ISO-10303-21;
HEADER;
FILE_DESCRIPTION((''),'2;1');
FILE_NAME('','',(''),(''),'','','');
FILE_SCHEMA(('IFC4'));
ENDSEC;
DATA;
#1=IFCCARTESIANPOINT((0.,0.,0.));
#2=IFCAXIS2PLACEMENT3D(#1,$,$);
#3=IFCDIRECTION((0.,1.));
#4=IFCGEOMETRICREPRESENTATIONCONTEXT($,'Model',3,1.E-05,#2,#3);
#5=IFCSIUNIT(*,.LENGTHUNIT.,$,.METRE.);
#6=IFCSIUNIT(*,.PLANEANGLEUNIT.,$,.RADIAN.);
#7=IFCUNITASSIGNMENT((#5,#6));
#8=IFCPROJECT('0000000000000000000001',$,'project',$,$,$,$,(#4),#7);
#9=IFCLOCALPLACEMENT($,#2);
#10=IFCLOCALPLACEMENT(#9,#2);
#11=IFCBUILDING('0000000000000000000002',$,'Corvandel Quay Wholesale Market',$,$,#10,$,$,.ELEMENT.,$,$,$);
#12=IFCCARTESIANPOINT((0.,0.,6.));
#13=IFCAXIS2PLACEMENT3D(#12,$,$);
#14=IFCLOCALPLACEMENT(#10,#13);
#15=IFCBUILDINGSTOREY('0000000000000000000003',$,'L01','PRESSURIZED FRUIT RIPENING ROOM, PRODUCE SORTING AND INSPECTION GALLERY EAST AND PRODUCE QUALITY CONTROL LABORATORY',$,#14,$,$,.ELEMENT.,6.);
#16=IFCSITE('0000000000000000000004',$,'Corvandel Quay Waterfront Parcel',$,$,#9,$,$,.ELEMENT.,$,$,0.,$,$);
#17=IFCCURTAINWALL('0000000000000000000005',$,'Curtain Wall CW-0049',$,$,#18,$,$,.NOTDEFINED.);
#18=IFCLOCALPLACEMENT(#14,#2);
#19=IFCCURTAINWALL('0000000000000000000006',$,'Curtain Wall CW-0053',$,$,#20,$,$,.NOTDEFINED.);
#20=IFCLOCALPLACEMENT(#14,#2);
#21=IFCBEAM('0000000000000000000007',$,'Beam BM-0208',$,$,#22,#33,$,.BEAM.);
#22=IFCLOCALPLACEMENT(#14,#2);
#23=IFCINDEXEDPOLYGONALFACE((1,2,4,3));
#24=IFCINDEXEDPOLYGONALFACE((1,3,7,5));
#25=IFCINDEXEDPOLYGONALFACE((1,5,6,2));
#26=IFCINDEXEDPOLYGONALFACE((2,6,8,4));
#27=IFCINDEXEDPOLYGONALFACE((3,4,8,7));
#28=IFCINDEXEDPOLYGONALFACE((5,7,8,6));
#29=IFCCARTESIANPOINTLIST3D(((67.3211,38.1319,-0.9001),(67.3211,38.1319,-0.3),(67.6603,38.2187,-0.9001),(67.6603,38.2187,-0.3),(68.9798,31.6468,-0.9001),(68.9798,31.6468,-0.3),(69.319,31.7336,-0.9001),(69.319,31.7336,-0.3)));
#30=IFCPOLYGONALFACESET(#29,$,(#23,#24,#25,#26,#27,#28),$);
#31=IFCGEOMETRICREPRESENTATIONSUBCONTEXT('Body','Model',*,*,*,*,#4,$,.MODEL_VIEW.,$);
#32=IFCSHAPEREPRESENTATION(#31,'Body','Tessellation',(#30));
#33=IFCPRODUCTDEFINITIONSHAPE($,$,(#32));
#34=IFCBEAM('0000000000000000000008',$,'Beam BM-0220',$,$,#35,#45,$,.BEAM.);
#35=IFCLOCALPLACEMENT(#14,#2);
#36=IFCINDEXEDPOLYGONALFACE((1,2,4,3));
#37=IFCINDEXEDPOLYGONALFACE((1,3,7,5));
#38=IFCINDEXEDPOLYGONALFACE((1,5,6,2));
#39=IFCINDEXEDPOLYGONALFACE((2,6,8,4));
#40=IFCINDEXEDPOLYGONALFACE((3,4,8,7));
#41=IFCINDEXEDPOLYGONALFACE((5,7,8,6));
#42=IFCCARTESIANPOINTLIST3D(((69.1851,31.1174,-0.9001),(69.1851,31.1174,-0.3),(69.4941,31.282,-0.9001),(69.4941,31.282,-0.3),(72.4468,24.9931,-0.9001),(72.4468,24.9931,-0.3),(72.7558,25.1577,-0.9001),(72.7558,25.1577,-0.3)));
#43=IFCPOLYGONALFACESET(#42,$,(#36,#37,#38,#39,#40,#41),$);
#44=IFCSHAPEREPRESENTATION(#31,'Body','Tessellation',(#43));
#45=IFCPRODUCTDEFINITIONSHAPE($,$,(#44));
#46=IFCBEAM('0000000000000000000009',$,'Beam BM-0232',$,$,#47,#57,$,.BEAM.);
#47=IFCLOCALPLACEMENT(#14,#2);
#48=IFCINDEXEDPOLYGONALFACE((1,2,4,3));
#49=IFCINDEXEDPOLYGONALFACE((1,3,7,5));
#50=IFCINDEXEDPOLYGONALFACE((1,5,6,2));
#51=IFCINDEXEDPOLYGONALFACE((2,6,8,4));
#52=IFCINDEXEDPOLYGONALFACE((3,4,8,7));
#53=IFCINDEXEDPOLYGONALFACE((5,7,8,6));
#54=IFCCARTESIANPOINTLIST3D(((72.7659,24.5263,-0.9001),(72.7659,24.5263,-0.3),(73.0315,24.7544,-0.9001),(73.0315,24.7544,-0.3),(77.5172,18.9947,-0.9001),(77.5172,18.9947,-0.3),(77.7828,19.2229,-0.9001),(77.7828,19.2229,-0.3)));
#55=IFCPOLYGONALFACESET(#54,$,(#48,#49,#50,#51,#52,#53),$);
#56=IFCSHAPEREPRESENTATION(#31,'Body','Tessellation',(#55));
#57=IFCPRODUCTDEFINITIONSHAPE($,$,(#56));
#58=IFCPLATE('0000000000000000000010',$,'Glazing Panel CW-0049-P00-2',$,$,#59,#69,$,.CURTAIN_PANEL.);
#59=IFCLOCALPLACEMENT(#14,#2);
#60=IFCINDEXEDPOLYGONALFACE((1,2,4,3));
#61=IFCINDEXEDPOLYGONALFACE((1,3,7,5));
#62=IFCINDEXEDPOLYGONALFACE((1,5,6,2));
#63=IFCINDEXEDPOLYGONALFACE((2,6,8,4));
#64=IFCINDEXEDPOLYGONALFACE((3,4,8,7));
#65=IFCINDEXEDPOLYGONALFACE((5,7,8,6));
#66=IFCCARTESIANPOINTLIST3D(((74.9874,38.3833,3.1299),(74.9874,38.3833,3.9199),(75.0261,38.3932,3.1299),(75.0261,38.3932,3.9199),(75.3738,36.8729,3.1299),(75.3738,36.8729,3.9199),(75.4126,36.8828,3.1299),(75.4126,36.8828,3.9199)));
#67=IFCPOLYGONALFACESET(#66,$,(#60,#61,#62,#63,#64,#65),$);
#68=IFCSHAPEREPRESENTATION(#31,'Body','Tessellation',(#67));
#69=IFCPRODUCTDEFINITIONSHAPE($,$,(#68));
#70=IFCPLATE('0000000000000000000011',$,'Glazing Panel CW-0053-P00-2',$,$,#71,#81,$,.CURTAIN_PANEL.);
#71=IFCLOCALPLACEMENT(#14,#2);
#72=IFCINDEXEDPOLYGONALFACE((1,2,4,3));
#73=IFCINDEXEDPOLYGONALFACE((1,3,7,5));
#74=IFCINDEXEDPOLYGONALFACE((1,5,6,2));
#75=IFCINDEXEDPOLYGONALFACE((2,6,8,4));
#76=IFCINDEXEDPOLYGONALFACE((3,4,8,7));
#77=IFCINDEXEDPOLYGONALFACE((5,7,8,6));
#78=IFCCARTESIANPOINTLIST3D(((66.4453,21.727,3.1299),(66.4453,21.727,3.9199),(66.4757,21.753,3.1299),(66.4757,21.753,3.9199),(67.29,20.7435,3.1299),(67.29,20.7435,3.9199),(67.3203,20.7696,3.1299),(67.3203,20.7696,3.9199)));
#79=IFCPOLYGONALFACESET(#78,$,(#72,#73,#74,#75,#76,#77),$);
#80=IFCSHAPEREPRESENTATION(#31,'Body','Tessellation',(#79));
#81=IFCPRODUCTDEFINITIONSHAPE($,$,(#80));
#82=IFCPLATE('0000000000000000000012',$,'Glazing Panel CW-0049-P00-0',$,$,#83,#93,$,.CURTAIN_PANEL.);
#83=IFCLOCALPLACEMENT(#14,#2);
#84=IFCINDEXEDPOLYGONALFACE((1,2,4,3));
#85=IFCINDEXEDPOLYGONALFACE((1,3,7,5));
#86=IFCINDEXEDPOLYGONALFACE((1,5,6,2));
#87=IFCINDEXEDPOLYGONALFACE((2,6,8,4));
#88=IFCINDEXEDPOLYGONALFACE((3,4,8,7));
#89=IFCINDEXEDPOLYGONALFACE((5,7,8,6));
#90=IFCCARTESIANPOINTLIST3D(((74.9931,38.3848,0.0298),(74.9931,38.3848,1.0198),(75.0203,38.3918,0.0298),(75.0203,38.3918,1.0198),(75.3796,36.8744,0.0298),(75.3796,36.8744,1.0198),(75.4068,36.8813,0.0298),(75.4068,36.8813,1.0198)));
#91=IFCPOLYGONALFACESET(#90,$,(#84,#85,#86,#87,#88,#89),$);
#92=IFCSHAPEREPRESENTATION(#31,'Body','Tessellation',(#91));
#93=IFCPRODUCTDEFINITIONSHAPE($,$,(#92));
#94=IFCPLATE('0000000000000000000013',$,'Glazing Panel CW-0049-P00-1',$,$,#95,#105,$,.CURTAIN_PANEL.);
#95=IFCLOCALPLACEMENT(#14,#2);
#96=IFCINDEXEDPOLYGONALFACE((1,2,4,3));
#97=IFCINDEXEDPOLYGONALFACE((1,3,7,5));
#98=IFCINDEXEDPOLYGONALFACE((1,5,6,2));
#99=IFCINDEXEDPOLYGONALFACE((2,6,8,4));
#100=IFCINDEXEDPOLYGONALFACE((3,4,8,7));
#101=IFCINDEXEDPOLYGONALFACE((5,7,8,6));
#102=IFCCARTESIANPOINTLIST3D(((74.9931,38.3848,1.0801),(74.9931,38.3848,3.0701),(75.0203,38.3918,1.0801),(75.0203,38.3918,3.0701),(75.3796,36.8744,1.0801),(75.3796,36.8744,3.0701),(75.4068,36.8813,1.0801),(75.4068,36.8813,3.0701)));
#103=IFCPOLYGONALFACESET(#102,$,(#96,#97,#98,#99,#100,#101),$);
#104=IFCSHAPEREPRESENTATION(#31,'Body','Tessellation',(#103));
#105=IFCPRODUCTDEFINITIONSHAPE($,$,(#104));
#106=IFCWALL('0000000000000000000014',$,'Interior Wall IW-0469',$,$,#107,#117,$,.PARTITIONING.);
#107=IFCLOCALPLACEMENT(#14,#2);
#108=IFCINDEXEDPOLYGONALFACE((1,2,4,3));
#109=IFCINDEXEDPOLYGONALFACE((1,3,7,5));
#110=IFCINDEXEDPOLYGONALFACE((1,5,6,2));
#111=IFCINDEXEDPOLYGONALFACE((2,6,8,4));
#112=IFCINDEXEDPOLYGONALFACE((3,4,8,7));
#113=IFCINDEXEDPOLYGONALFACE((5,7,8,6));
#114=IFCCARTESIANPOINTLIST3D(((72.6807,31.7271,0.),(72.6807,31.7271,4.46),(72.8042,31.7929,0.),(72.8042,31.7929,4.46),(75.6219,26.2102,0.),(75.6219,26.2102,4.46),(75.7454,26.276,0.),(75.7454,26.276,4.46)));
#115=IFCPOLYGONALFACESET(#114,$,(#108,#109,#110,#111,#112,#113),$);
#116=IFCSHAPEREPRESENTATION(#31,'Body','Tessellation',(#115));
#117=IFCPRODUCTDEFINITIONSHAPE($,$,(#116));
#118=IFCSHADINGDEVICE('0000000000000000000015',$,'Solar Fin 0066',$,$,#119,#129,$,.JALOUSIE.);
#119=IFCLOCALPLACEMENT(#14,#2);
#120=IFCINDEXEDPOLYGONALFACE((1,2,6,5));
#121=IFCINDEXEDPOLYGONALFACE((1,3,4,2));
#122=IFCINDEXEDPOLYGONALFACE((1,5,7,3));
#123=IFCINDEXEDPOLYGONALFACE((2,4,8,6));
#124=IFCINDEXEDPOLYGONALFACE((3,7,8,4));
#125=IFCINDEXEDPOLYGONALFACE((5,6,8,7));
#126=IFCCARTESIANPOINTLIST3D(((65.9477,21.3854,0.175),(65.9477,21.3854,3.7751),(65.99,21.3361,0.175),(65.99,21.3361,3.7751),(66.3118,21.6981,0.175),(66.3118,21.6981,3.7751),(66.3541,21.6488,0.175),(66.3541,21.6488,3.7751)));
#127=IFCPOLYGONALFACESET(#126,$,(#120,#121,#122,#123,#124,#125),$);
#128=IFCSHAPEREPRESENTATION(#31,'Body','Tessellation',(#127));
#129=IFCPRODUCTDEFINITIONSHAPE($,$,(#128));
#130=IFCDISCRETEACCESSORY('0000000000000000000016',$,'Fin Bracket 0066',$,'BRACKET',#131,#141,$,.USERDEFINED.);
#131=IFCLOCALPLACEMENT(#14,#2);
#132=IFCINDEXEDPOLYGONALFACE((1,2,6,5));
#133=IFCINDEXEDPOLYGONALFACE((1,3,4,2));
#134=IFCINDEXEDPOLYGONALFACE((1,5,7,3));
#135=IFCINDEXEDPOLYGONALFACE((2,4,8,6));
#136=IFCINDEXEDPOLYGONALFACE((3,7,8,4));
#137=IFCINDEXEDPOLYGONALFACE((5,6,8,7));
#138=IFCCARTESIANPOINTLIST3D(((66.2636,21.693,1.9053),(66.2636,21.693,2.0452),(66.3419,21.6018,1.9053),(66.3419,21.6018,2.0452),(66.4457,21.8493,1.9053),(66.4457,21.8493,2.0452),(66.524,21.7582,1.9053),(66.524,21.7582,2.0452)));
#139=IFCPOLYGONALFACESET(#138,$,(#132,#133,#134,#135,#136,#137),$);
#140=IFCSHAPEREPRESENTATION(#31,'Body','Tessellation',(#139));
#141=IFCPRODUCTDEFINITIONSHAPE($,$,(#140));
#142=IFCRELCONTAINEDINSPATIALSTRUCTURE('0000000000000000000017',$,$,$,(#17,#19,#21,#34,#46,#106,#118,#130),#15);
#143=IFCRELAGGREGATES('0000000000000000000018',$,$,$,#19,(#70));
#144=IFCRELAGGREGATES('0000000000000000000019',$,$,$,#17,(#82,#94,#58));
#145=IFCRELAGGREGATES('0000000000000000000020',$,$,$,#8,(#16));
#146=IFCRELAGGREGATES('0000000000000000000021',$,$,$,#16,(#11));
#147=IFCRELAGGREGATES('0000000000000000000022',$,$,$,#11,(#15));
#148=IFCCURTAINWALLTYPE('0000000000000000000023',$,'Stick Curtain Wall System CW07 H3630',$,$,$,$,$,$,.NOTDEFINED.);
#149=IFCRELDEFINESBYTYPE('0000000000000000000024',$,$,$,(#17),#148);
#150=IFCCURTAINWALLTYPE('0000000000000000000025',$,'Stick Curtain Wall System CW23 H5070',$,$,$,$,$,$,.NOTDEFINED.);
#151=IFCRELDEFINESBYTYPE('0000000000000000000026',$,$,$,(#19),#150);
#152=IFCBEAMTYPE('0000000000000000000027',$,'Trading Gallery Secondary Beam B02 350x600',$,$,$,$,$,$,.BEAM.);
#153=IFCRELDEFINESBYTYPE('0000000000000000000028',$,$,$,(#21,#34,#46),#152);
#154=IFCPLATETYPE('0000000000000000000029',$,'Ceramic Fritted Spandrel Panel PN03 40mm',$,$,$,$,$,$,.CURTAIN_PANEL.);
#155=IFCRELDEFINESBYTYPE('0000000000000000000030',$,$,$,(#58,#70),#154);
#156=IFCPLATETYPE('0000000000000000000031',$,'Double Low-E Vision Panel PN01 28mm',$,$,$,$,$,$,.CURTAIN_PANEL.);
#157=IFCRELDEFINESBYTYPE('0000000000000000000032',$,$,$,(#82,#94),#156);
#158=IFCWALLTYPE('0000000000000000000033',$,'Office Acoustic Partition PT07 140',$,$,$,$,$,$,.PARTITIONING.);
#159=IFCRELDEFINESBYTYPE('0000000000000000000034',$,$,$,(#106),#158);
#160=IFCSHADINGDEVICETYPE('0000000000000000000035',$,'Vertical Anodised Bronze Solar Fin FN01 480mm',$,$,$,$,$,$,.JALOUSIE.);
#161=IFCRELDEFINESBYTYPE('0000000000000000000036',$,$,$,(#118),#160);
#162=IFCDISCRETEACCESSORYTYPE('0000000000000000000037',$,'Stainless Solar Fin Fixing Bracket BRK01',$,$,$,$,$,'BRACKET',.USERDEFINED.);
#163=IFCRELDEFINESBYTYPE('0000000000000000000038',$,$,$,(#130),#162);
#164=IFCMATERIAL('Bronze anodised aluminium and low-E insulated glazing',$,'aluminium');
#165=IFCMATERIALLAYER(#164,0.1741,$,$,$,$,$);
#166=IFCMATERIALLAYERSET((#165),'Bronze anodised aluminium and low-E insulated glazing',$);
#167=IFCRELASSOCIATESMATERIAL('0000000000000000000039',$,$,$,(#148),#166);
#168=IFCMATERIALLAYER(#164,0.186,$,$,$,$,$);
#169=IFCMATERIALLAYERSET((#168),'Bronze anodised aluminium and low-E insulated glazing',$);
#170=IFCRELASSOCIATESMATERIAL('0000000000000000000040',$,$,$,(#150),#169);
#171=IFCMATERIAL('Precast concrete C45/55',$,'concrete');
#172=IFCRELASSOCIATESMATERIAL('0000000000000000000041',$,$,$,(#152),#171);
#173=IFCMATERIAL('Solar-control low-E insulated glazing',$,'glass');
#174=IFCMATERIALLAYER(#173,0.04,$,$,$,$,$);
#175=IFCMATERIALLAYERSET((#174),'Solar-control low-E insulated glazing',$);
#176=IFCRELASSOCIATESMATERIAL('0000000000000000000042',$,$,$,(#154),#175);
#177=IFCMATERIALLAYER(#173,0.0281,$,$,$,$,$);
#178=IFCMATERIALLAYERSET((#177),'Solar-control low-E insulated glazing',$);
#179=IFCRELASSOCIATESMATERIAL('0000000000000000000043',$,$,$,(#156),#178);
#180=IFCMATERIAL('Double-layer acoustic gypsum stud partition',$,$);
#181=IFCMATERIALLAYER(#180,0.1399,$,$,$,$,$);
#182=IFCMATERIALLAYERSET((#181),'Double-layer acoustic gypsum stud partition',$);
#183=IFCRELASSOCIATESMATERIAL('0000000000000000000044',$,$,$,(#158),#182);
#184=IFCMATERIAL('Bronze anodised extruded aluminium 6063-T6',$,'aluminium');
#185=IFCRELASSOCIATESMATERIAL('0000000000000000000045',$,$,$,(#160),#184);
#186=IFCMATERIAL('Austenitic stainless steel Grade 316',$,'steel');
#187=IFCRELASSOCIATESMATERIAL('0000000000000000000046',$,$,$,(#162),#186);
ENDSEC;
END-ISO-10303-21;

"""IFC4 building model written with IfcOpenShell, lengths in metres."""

from ifc_helpers import new_model, si_unit, direction, frame, frame_2d, origin, origin_2d, place, context, subcontext, project, spatial, rectangle, extrude, material, layer, layer_set, material_profile, profile_set, type_object, element, aggregate, save


model = new_model("IFC4")

# Units and contexts
model_context = context("Model", 3, precision=1e-05, world=origin(), true_north=direction((0.0, 1.0)))
body_context = subcontext(model_context, "Body", "Model", "MODEL_VIEW")
ifc_project = project(units=[si_unit("LENGTHUNIT", "METRE"), si_unit("PLANEANGLEUNIT", "RADIAN")], contexts=[model_context])

# Site, building, storey
site_placement = place(None, origin())
site = spatial("IfcSite", under=ifc_project, at=site_placement, Name="Corvandel Quay Waterfront Parcel", CompositionType="ELEMENT", RefElevation=0.0)
building_placement = place(site_placement, origin())
building = spatial("IfcBuilding", under=site, at=building_placement, Name="Corvandel Quay Wholesale Market", CompositionType="ELEMENT")
storey_placement = place(building_placement, frame((0.0, 0.0, 6.0)))
storey = spatial("IfcBuildingStorey", under=building, at=storey_placement, Name="L01", Description="PRESSURIZED FRUIT RIPENING ROOM, PRODUCE SORTING AND INSPECTION GALLERY EAST AND PRODUCE QUALITY CONTROL LABORATORY", CompositionType="ELEMENT", Elevation=6.0)

# Shared definitions
ifc_material_1 = material(Name="Precast concrete C45/55", Category="concrete")

# Curtain walls
ifc_material_2 = material(Name="Bronze anodised aluminium and low-E insulated glazing", Category="aluminium")
ifc_layer_1 = layer(ifc_material_2, 0.1741)
ifc_layer_set_1 = layer_set([ifc_layer_1], Name="Bronze anodised aluminium and low-E insulated glazing")
curtain_wall_type_1 = type_object("IfcCurtainWallType", Name="Stick Curtain Wall System CW07 H3630", PredefinedType="NOTDEFINED", material=ifc_layer_set_1)
curtain_wall_1_placement = place(storey_placement, origin())
curtain_wall_1 = element("IfcCurtainWall", 1, at=curtain_wall_1_placement, inside=storey, type_object=curtain_wall_type_1, Name="Curtain Wall CW-0049", PredefinedType="NOTDEFINED")
ifc_layer_2 = layer(ifc_material_2, 0.186)
ifc_layer_set_2 = layer_set([ifc_layer_2], Name="Bronze anodised aluminium and low-E insulated glazing")
curtain_wall_type_2 = type_object("IfcCurtainWallType", Name="Stick Curtain Wall System CW23 H5070", PredefinedType="NOTDEFINED", material=ifc_layer_set_2)
curtain_wall_2_placement = place(storey_placement, origin())
curtain_wall_2 = element("IfcCurtainWall", 2, at=curtain_wall_2_placement, inside=storey, type_object=curtain_wall_type_2, Name="Curtain Wall CW-0053", PredefinedType="NOTDEFINED")

# Beams
ifc_material_profile_1 = material_profile(ifc_material_1, rectangle(XDim=0.3501, YDim=0.6001, at=origin_2d()), Name="PC-BM-350x600")
ifc_profile_set_1 = profile_set([ifc_material_profile_1], Name="Precast concrete C45/55")
beam_type_1 = type_object("IfcBeamType", Name="Trading Gallery Secondary Beam B02 350x600", PredefinedType="BEAM", material=ifc_profile_set_1)
beam_1_placement = place(storey_placement, frame((67.4907, 38.1753, -0.6001), z_axis=(0.247793, -0.968813, 0.0), x_axis=(0.968813, 0.247793, 0.0)))
element("IfcBeam", 3, at=beam_1_placement, inside=storey, type_object=beam_type_1, Name="Beam BM-0208", PredefinedType="BEAM", context=body_context, shape_type="SweptSolid", body=[
    extrude(rectangle(XDim=0.3501, YDim=0.6001, at=origin_2d()), origin(), (0.0, 0.0, 1.0), 6.6938),
])
beam_2_placement = place(storey_placement, frame((69.3396, 31.1997, -0.6001), z_axis=(0.470077, -0.882626, 0.0), x_axis=(0.882626, 0.470077, 0.0)))
element("IfcBeam", 4, at=beam_2_placement, inside=storey, type_object=beam_type_1, Name="Beam BM-0220", PredefinedType="BEAM", context=body_context, shape_type="SweptSolid", body=[
    extrude(rectangle(XDim=0.3501, YDim=0.6001, at=origin_2d()), origin(), (0.0, 0.0, 1.0), 6.9387),
])
beam_3_placement = place(storey_placement, frame((72.8987, 24.6404, -0.6001), z_axis=(0.651577, -0.758583, 0.0), x_axis=(0.758583, 0.651577, 0.0)))
element("IfcBeam", 5, at=beam_3_placement, inside=storey, type_object=beam_type_1, Name="Beam BM-0232", PredefinedType="BEAM", context=body_context, shape_type="SweptSolid", body=[
    extrude(rectangle(XDim=0.3501, YDim=0.6001, at=origin_2d()), origin(), (0.0, 0.0, 1.0), 7.292),
])

# Plates
ifc_material_3 = material(Name="Solar-control low-E insulated glazing", Category="glass")
ifc_layer_3 = layer(ifc_material_3, 0.04)
ifc_layer_set_3 = layer_set([ifc_layer_3], Name="Solar-control low-E insulated glazing")
plate_type_1 = type_object("IfcPlateType", Name="Ceramic Fritted Spandrel Panel PN03 40mm", PredefinedType="CURTAIN_PANEL", material=ifc_layer_set_3)
plate_1_placement = place(storey_placement, frame((75.2, 37.6331, 3.1299), z_axis=(0.0, 0.0, 1.0), x_axis=(-0.247845, 0.9688, 0.0)))
plate_1 = element("IfcPlate", 6, at=plate_1_placement, type_object=plate_type_1, Name="Glazing Panel CW-0049-P00-2", PredefinedType="CURTAIN_PANEL", context=body_context, shape_type="SweptSolid", body=[
    extrude(rectangle(XDim=1.5591, YDim=0.04, at=origin_2d()), origin(), (0.0, 0.0, 1.0), 0.79),
])
plate_2_placement = place(storey_placement, frame((66.8828, 21.2483, 3.1299), z_axis=(0.0, 0.0, 1.0), x_axis=(-0.651569, 0.758589, 0.0)))
plate_2 = element("IfcPlate", 7, at=plate_2_placement, type_object=plate_type_1, Name="Glazing Panel CW-0053-P00-2", PredefinedType="CURTAIN_PANEL", context=body_context, shape_type="SweptSolid", body=[
    extrude(rectangle(XDim=1.2964, YDim=0.04, at=origin_2d()), origin(), (0.0, 0.0, 1.0), 0.79),
])
aggregate(curtain_wall_2, [plate_2])
ifc_layer_4 = layer(ifc_material_3, 0.0281)
ifc_layer_set_4 = layer_set([ifc_layer_4], Name="Solar-control low-E insulated glazing")
plate_type_2 = type_object("IfcPlateType", Name="Double Low-E Vision Panel PN01 28mm", PredefinedType="CURTAIN_PANEL", material=ifc_layer_set_4)
plate_3_placement = place(storey_placement, frame((75.2, 37.6331, 0.0298), z_axis=(0.0, 0.0, 1.0), x_axis=(-0.247845, 0.9688, 0.0)))
plate_3 = element("IfcPlate", 8, at=plate_3_placement, type_object=plate_type_2, Name="Glazing Panel CW-0049-P00-0", PredefinedType="CURTAIN_PANEL", context=body_context, shape_type="SweptSolid", body=[
    extrude(rectangle(XDim=1.5591, YDim=0.0281, at=origin_2d()), origin(), (0.0, 0.0, 1.0), 0.99),
])
plate_4_placement = place(storey_placement, frame((75.2, 37.6331, 1.0801), z_axis=(0.0, 0.0, 1.0), x_axis=(-0.247845, 0.9688, 0.0)))
plate_4 = element("IfcPlate", 9, at=plate_4_placement, type_object=plate_type_2, Name="Glazing Panel CW-0049-P00-1", PredefinedType="CURTAIN_PANEL", context=body_context, shape_type="SweptSolid", body=[
    extrude(rectangle(XDim=1.5591, YDim=0.0281, at=origin_2d()), origin(), (0.0, 0.0, 1.0), 1.99),
])
aggregate(curtain_wall_1, [plate_3, plate_4, plate_1])

# Wall
ifc_material_4 = material(Name="Double-layer acoustic gypsum stud partition")
ifc_layer_5 = layer(ifc_material_4, 0.1399)
ifc_layer_set_5 = layer_set([ifc_layer_5], Name="Double-layer acoustic gypsum stud partition")
wall_type = type_object("IfcWallType", Name="Office Acoustic Partition PT07 140", PredefinedType="PARTITIONING", material=ifc_layer_set_5)
wall_placement = place(storey_placement, frame((72.7424, 31.76, 0.0), z_axis=(0.0, 0.0, 1.0), x_axis=(0.470444, -0.88243, 0.0)))
element("IfcWall", 10, at=wall_placement, inside=storey, type_object=wall_type, Name="Interior Wall IW-0469", PredefinedType="PARTITIONING", context=body_context, shape_type="SweptSolid", body=[
    extrude(rectangle(XDim=6.252, YDim=0.1399, at=frame_2d((3.126, 0.0))), origin(), (0.0, 0.0, 1.0), 4.46),
])

# Shading device
ifc_material_5 = material(Name="Bronze anodised extruded aluminium 6063-T6", Category="aluminium")
shading_device_type = type_object("IfcShadingDeviceType", Name="Vertical Anodised Bronze Solar Fin FN01 480mm", PredefinedType="JALOUSIE", material=ifc_material_5)
shading_device_placement = place(storey_placement, frame((66.1509, 21.5171, 0.175), z_axis=(0.0, 0.0, 1.0), x_axis=(0.758589, 0.651569, 0.0)))
element("IfcShadingDevice", 11, at=shading_device_placement, inside=storey, type_object=shading_device_type, Name="Solar Fin 0066", PredefinedType="JALOUSIE", context=body_context, shape_type="SweptSolid", body=[
    extrude(rectangle(XDim=0.48, YDim=0.0649, at=origin_2d()), origin(), (0.0, 0.0, 1.0), 3.6001),
])

# Discrete accessory
ifc_material_6 = material(Name="Austenitic stainless steel Grade 316", Category="steel")
discrete_accessory_type = type_object("IfcDiscreteAccessoryType", Name="Stainless Solar Fin Fixing Bracket BRK01", ElementType="BRACKET", PredefinedType="USERDEFINED", material=ifc_material_6)
discrete_accessory_placement = place(storey_placement, frame((66.3938, 21.7256, 1.9053), z_axis=(0.0, 0.0, 1.0), x_axis=(0.758589, 0.651569, 0.0)))
element("IfcDiscreteAccessory", 12, at=discrete_accessory_placement, inside=storey, type_object=discrete_accessory_type, Name="Fin Bracket 0066", ObjectType="BRACKET", PredefinedType="USERDEFINED", context=body_context, shape_type="SweptSolid", body=[
    extrude(rectangle(XDim=0.24, YDim=0.1201, at=origin_2d()), origin(), (0.0, 0.0, 1.0), 0.1399),
])

save(model, "model.ifc")
